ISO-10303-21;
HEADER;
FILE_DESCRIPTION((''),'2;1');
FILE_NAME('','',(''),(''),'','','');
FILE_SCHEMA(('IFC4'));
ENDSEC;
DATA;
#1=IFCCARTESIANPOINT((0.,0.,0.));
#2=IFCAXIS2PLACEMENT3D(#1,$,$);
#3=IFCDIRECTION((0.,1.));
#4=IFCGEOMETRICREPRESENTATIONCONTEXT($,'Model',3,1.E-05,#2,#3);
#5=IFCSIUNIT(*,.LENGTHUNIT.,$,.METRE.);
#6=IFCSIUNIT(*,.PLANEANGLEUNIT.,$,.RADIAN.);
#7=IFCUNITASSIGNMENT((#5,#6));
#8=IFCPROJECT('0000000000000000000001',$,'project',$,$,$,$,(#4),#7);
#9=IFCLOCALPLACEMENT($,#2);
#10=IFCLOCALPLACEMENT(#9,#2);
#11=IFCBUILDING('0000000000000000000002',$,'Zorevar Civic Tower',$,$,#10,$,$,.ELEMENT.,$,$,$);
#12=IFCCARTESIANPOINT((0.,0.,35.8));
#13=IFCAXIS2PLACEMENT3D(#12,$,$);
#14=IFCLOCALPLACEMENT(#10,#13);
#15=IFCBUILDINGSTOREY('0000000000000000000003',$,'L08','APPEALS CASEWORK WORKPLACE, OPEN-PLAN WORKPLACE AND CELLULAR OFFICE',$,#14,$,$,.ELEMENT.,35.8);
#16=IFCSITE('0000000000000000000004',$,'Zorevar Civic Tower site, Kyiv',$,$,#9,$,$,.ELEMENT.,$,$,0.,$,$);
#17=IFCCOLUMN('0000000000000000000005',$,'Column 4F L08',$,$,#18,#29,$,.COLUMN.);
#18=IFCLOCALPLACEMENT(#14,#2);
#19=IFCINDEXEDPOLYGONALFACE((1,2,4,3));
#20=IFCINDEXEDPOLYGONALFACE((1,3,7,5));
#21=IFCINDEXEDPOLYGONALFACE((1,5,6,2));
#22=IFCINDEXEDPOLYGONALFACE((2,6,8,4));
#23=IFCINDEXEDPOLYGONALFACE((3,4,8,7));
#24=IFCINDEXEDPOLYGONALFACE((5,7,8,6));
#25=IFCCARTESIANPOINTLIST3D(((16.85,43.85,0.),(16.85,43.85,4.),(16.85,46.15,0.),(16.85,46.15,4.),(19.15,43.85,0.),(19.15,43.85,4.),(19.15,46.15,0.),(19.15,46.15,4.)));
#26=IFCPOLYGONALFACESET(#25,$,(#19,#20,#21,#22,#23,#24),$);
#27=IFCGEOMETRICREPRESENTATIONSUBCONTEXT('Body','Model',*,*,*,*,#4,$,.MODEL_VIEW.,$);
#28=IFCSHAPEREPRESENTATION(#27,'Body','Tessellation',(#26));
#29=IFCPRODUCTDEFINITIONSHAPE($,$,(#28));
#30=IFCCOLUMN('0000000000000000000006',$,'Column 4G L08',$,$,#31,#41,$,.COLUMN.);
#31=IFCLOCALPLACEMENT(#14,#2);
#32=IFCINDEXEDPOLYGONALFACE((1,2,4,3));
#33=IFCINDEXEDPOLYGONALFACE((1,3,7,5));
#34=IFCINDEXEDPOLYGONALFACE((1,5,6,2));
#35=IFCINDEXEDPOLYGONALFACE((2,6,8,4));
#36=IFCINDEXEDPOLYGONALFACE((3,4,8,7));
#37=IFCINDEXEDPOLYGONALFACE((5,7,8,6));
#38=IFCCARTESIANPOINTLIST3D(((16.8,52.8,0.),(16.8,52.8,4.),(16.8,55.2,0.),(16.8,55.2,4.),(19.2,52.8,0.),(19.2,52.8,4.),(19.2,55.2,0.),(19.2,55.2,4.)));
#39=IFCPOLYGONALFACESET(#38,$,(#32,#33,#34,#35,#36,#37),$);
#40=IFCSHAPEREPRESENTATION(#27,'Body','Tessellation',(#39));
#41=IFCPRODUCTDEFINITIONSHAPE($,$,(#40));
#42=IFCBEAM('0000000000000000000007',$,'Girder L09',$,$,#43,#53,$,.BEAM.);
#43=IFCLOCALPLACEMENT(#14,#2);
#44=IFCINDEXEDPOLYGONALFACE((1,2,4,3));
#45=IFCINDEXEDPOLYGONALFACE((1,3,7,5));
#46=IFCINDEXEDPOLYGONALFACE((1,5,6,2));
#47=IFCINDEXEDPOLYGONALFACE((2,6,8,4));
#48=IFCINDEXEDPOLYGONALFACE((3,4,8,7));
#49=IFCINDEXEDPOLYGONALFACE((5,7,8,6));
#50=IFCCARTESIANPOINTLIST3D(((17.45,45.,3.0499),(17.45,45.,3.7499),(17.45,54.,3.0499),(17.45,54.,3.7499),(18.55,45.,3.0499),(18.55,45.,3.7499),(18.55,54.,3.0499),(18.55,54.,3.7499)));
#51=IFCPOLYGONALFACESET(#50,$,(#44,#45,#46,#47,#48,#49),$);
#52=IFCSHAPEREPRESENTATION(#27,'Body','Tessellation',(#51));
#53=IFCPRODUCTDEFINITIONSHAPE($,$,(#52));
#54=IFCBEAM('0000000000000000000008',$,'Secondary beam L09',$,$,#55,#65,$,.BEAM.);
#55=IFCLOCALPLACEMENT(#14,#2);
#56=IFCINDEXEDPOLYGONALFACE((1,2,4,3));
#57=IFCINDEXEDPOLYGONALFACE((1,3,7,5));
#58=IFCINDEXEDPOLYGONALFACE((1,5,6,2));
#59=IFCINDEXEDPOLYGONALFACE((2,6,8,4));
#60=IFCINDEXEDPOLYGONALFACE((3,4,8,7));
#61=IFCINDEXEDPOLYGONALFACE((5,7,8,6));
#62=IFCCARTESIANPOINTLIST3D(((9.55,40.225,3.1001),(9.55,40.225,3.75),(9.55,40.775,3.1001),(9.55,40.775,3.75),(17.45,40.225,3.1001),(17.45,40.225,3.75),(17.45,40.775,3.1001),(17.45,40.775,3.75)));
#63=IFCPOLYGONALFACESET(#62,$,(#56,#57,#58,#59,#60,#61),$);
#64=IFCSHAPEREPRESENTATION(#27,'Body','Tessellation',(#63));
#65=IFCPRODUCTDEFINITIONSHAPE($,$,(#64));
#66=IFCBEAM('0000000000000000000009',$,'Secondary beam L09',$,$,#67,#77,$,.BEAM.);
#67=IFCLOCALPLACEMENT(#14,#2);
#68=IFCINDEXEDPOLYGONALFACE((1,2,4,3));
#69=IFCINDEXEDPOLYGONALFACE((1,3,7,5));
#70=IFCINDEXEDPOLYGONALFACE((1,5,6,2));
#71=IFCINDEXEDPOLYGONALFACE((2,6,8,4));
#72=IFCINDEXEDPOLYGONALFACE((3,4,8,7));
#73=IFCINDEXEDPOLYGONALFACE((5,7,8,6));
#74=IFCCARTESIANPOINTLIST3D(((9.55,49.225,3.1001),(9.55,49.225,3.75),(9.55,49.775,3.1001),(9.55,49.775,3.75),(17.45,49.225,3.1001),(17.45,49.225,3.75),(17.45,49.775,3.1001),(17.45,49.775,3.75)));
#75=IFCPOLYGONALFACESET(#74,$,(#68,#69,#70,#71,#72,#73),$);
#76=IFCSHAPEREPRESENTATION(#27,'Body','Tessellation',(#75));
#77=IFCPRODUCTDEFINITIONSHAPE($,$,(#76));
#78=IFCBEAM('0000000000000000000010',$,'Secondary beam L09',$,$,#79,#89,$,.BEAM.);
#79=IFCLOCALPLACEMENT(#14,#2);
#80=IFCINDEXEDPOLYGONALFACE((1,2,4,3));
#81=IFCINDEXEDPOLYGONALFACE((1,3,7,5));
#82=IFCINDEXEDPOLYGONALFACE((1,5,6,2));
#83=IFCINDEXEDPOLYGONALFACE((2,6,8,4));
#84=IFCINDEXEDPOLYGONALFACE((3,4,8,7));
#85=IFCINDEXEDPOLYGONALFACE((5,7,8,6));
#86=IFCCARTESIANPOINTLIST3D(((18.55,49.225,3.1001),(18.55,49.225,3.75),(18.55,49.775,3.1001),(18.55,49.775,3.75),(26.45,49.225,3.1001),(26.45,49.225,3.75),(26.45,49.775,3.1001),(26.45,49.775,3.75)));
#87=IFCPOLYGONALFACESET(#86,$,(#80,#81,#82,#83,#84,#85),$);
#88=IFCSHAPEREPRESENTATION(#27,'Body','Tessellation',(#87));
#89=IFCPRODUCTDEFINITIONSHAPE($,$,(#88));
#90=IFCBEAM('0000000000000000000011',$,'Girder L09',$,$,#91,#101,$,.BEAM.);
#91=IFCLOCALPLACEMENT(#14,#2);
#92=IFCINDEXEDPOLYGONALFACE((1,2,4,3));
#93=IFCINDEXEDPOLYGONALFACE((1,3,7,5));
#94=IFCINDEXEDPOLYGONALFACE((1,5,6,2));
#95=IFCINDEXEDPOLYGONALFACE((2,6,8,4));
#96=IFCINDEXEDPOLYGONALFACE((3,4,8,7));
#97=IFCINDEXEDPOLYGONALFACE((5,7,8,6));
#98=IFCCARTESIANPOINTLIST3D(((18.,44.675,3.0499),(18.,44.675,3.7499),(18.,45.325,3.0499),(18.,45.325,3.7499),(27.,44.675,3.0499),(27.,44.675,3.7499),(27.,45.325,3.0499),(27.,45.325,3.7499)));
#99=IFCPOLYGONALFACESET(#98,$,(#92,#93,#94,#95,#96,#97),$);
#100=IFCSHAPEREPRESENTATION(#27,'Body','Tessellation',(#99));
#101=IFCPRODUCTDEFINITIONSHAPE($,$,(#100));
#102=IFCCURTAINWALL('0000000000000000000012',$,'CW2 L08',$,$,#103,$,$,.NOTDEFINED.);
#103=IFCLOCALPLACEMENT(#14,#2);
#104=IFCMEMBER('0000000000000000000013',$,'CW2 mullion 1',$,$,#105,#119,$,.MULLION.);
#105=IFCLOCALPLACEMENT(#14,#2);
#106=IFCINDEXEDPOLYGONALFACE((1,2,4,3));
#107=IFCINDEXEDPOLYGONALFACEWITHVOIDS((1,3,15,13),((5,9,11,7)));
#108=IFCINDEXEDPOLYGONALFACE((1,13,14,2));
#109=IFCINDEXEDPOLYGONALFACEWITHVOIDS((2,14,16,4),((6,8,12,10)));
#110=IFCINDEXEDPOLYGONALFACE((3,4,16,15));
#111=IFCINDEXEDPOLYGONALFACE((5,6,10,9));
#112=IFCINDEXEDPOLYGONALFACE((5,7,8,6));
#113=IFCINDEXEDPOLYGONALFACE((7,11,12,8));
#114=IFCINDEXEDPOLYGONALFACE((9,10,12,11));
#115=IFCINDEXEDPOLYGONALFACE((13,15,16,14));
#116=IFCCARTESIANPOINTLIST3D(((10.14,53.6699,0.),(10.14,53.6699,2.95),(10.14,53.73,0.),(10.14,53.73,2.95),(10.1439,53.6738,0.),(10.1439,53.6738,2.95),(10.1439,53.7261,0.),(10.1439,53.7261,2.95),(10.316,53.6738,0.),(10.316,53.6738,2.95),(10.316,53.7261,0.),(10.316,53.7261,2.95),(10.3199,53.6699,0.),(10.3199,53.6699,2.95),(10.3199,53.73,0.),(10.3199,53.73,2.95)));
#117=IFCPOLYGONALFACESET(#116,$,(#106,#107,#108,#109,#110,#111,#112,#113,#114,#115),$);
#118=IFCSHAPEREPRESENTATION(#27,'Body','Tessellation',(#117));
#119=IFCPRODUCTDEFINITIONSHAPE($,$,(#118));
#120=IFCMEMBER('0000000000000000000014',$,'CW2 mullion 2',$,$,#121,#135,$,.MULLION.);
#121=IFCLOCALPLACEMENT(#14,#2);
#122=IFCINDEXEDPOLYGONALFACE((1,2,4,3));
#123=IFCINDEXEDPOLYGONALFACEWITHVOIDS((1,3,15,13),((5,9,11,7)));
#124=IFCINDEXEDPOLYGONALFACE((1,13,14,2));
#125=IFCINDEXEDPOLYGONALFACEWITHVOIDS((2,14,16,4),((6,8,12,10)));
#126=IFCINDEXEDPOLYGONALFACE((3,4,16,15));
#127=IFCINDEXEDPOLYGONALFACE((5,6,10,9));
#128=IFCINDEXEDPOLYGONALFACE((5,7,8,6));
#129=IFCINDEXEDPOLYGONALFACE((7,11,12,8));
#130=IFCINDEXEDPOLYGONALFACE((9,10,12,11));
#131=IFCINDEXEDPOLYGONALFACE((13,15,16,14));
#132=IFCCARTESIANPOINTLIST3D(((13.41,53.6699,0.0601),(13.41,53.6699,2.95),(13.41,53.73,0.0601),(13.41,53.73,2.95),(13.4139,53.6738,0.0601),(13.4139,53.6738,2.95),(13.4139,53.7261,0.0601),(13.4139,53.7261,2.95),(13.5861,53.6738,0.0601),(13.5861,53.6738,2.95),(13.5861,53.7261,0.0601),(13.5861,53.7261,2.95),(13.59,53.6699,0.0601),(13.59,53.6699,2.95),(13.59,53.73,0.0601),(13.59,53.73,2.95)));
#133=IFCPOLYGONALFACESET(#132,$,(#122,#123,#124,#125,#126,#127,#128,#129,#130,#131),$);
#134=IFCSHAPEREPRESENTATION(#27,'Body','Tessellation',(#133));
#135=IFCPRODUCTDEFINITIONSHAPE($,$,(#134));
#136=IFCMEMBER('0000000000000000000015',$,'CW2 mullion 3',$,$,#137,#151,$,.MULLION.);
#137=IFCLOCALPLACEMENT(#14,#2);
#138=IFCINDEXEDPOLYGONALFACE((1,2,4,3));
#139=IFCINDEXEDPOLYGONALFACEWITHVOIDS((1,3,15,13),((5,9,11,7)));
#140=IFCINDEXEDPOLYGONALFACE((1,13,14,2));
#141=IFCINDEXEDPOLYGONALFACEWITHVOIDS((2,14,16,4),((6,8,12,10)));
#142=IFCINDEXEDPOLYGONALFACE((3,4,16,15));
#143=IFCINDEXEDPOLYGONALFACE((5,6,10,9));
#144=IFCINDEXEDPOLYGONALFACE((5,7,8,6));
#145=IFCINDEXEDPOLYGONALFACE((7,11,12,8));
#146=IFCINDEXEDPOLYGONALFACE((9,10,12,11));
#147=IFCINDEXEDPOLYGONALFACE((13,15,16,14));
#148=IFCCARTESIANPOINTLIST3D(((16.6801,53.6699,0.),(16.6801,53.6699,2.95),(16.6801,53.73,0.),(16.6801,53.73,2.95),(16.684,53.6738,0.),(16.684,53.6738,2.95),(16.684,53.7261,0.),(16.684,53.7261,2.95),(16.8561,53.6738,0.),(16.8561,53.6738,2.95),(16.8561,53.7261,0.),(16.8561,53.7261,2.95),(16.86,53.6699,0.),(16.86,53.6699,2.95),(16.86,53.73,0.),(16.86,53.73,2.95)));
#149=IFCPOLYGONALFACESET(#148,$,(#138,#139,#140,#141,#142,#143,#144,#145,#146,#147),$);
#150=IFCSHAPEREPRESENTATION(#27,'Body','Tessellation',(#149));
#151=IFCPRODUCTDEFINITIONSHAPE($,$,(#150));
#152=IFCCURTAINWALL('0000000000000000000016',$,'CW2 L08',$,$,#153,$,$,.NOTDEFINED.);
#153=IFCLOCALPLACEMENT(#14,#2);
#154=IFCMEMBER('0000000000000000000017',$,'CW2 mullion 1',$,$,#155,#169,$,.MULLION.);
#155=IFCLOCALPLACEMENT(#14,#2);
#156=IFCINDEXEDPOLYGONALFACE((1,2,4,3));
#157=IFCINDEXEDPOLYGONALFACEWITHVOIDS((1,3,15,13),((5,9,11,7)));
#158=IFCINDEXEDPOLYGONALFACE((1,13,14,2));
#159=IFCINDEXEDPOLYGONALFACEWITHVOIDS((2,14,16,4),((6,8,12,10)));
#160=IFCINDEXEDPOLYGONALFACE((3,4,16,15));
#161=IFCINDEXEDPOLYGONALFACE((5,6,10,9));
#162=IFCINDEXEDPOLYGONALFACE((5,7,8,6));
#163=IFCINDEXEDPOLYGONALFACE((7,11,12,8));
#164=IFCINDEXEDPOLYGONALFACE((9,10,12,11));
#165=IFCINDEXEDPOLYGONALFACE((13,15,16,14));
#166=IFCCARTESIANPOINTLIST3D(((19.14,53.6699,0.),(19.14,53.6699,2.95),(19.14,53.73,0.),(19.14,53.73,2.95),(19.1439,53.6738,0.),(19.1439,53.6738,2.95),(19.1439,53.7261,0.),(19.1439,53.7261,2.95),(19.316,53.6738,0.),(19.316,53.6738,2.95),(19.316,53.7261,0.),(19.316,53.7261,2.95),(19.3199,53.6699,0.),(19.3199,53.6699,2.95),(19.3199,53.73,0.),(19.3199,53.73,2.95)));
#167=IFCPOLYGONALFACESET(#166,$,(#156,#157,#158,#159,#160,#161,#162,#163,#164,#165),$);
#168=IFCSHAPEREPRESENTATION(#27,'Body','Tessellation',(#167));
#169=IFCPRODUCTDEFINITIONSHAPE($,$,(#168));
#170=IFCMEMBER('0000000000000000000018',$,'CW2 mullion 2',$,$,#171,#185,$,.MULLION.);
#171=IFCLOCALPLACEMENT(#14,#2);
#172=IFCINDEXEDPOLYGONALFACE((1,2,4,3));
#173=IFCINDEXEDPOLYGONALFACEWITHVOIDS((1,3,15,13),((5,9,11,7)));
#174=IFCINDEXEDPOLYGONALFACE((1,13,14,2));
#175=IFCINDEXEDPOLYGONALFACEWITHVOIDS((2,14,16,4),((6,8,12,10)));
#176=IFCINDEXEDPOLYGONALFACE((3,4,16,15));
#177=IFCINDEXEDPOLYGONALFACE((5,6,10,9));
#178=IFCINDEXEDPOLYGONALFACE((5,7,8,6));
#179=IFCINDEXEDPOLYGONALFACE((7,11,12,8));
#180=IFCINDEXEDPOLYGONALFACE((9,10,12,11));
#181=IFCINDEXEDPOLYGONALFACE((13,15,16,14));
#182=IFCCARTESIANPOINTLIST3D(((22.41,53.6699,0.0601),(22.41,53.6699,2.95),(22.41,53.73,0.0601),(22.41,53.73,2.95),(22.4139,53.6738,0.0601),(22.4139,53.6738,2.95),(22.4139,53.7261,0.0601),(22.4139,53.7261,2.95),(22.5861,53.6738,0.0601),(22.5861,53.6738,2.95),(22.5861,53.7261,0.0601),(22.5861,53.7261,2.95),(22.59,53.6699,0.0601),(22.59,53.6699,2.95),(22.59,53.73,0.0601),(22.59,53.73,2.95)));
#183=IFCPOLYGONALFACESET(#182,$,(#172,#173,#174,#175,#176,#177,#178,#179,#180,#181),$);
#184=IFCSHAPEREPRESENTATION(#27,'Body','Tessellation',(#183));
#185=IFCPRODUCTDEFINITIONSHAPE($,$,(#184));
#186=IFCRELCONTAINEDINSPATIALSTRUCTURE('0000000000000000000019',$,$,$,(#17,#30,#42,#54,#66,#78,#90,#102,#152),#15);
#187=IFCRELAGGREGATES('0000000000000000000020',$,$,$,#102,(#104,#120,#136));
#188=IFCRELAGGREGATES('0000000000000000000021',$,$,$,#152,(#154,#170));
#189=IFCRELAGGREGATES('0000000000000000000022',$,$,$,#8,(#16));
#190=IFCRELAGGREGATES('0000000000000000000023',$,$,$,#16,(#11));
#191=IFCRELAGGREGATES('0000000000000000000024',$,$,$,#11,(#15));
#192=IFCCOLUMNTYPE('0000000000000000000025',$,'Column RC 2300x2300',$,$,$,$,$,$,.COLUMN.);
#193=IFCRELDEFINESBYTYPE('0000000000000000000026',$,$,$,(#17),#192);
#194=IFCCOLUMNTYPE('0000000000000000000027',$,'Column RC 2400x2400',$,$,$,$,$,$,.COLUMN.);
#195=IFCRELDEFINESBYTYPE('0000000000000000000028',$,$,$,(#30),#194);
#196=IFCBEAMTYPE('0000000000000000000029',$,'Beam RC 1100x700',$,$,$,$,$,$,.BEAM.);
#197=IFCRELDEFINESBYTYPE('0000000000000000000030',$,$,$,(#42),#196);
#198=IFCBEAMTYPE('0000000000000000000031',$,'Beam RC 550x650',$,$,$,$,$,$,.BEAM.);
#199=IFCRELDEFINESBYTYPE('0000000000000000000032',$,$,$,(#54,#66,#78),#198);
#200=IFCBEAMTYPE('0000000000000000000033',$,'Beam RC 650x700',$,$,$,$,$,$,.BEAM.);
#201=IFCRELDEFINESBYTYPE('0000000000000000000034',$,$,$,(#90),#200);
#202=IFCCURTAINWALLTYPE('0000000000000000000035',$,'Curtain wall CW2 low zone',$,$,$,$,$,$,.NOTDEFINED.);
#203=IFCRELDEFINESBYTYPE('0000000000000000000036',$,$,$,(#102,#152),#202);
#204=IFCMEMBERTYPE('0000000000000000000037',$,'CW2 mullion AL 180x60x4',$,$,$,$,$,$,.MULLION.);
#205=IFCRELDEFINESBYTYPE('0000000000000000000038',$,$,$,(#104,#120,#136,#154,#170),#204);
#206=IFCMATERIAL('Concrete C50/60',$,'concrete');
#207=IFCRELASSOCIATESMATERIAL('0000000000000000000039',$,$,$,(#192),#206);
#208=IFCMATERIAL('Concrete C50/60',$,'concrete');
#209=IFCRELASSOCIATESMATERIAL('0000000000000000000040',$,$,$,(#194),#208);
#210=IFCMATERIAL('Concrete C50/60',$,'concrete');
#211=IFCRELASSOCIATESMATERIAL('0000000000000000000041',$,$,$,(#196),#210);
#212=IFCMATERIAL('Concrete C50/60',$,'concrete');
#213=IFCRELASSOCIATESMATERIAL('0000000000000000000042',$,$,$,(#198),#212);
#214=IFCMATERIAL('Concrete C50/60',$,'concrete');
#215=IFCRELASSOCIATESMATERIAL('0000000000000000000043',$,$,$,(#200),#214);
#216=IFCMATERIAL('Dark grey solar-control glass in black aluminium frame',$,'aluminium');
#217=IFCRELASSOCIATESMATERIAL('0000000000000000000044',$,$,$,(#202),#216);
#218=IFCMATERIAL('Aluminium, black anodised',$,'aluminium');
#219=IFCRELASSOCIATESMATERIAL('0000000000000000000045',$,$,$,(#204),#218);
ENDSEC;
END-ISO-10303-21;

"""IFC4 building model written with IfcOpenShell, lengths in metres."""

from ifc_helpers import new_model, si_unit, direction, frame, origin, origin_2d, place, context, subcontext, project, spatial, rectangle, hollow_rectangle, extrude, material, material_profile, profile_set, type_object, element, aggregate, save


model = new_model("IFC4")

# Units and contexts
model_context = context("Model", 3, precision=1e-05, world=origin(), true_north=direction((0.0, 1.0)))
body_context = subcontext(model_context, "Body", "Model", "MODEL_VIEW")
ifc_project = project(units=[si_unit("LENGTHUNIT", "METRE"), si_unit("PLANEANGLEUNIT", "RADIAN")], contexts=[model_context])

# Site, building, storey
site_placement = place(None, origin())
site = spatial("IfcSite", under=ifc_project, at=site_placement, Name="Zorevar Civic Tower site, Kyiv", CompositionType="ELEMENT", RefElevation=0.0)
building_placement = place(site_placement, origin())
building = spatial("IfcBuilding", under=site, at=building_placement, Name="Zorevar Civic Tower", CompositionType="ELEMENT")
storey_placement = place(building_placement, frame((0.0, 0.0, 35.8)))
storey = spatial("IfcBuildingStorey", under=building, at=storey_placement, Name="L08", Description="APPEALS CASEWORK WORKPLACE, OPEN-PLAN WORKPLACE AND CELLULAR OFFICE", CompositionType="ELEMENT", Elevation=35.8)

# Columns
ifc_material_1 = material(Name="Concrete C50/60", Category="concrete")
ifc_material_profile_1 = material_profile(ifc_material_1, rectangle(XDim=2.3, YDim=2.3, at=origin_2d()), Name="RC 2300x2300")
ifc_profile_set_1 = profile_set([ifc_material_profile_1], Name="Concrete C50/60")
column_type_1 = type_object("IfcColumnType", Name="Column RC 2300x2300", PredefinedType="COLUMN", material=ifc_profile_set_1)
column_1_placement = place(storey_placement, frame((18.0, 45.0, 0.0), z_axis=(0.0, 0.0, 1.0), x_axis=(1.0, 0.0, 0.0)))
element("IfcColumn", 1, at=column_1_placement, inside=storey, type_object=column_type_1, Name="Column 4F L08", PredefinedType="COLUMN", context=body_context, shape_type="SweptSolid", body=[
    extrude(rectangle(XDim=2.3, YDim=2.3, at=origin_2d()), origin(), (0.0, 0.0, 1.0), 4.0),
])
ifc_material_2 = material(Name="Concrete C50/60", Category="concrete")
ifc_material_profile_2 = material_profile(ifc_material_2, rectangle(XDim=2.3999, YDim=2.3999, at=origin_2d()), Name="RC 2400x2400")
ifc_profile_set_2 = profile_set([ifc_material_profile_2], Name="Concrete C50/60")
column_type_2 = type_object("IfcColumnType", Name="Column RC 2400x2400", PredefinedType="COLUMN", material=ifc_profile_set_2)
column_2_placement = place(storey_placement, frame((18.0, 54.0, 0.0), z_axis=(0.0, 0.0, 1.0), x_axis=(1.0, 0.0, 0.0)))
element("IfcColumn", 2, at=column_2_placement, inside=storey, type_object=column_type_2, Name="Column 4G L08", PredefinedType="COLUMN", context=body_context, shape_type="SweptSolid", body=[
    extrude(rectangle(XDim=2.3999, YDim=2.3999, at=origin_2d()), origin(), (0.0, 0.0, 1.0), 4.0),
])

# Beams
ifc_material_3 = material(Name="Concrete C50/60", Category="concrete")
ifc_material_profile_3 = material_profile(ifc_material_3, rectangle(XDim=1.1001, YDim=0.7, at=origin_2d()), Name="RC 1100x700")
ifc_profile_set_3 = profile_set([ifc_material_profile_3], Name="Concrete C50/60")
beam_type_1 = type_object("IfcBeamType", Name="Beam RC 1100x700", PredefinedType="BEAM", material=ifc_profile_set_3)
beam_1_placement = place(storey_placement, frame((18.0, 45.0, 3.3999), z_axis=(0.0, 1.0, 0.0), x_axis=(-1.0, 0.0, 0.0)))
element("IfcBeam", 3, at=beam_1_placement, inside=storey, type_object=beam_type_1, Name="Girder L09", PredefinedType="BEAM", context=body_context, shape_type="SweptSolid", body=[
    extrude(rectangle(XDim=1.1001, YDim=0.7, at=origin_2d()), origin(), (0.0, 0.0, 1.0), 9.0),
])
ifc_material_4 = material(Name="Concrete C50/60", Category="concrete")
ifc_material_profile_4 = material_profile(ifc_material_4, rectangle(XDim=0.55, YDim=0.6499, at=origin_2d()), Name="RC 550x650")
ifc_profile_set_4 = profile_set([ifc_material_profile_4], Name="Concrete C50/60")
beam_type_2 = type_object("IfcBeamType", Name="Beam RC 550x650", PredefinedType="BEAM", material=ifc_profile_set_4)
for number, where, z_axis, x_axis, name in (
    (4, (9.55, 40.5, 3.425), (1.0, 0.0, 0.0), (0.0, 1.0, 0.0), "Secondary beam L09"),
    (5, (9.55, 49.5, 3.425), (1.0, 0.0, 0.0), (0.0, 1.0, 0.0), "Secondary beam L09"),
    (6, (18.55, 49.5, 3.425), (1.0, 0.0, 0.0), (0.0, 1.0, 0.0), "Secondary beam L09"),
):
    element("IfcBeam", number, at=place(storey_placement, frame(where, z_axis=z_axis, x_axis=x_axis)), inside=storey, type_object=beam_type_2, Name=name, PredefinedType="BEAM", context=body_context, shape_type="SweptSolid", body=[
        extrude(rectangle(XDim=0.55, YDim=0.6499, at=origin_2d()), origin(), (0.0, 0.0, 1.0), 7.8999),
    ])
ifc_material_5 = material(Name="Concrete C50/60", Category="concrete")
ifc_material_profile_5 = material_profile(ifc_material_5, rectangle(XDim=0.6499, YDim=0.7, at=origin_2d()), Name="RC 650x700")
ifc_profile_set_5 = profile_set([ifc_material_profile_5], Name="Concrete C50/60")
beam_type_3 = type_object("IfcBeamType", Name="Beam RC 650x700", PredefinedType="BEAM", material=ifc_profile_set_5)
beam_2_placement = place(storey_placement, frame((18.0, 45.0, 3.3999), z_axis=(1.0, 0.0, 0.0), x_axis=(0.0, 1.0, 0.0)))
element("IfcBeam", 7, at=beam_2_placement, inside=storey, type_object=beam_type_3, Name="Girder L09", PredefinedType="BEAM", context=body_context, shape_type="SweptSolid", body=[
    extrude(rectangle(XDim=0.6499, YDim=0.7, at=origin_2d()), origin(), (0.0, 0.0, 1.0), 9.0),
])

# Curtain walls, members
ifc_material_6 = material(Name="Dark grey solar-control glass in black aluminium frame", Category="aluminium")
curtain_wall_type = type_object("IfcCurtainWallType", Name="Curtain wall CW2 low zone", PredefinedType="NOTDEFINED", material=ifc_material_6)
curtain_wall_1_placement = place(storey_placement, origin())
curtain_wall_1 = element("IfcCurtainWall", 8, at=curtain_wall_1_placement, inside=storey, type_object=curtain_wall_type, Name="CW2 L08", PredefinedType="NOTDEFINED")
ifc_material_7 = material(Name="Aluminium, black anodised", Category="aluminium")
ifc_material_profile_6 = material_profile(ifc_material_7, hollow_rectangle(XDim=0.0601, YDim=0.1799, WallThickness=0.0039, at=origin_2d()), Name="AL 180x60x4")
ifc_profile_set_6 = profile_set([ifc_material_profile_6], Name="Aluminium, black anodised")
member_type_1 = type_object("IfcMemberType", Name="CW2 mullion AL 180x60x4", PredefinedType="MULLION", material=ifc_profile_set_6)
member_1_placement = place(storey_placement, frame((10.23, 53.7, 0.0), z_axis=(0.0, 0.0, 1.0), x_axis=(0.0, 1.0, 0.0)))
member_1 = element("IfcMember", 9, at=member_1_placement, type_object=member_type_1, Name="CW2 mullion 1", PredefinedType="MULLION", context=body_context, shape_type="SweptSolid", body=[
    extrude(hollow_rectangle(XDim=0.0601, YDim=0.1799, WallThickness=0.0039, at=origin_2d()), origin(), (0.0, 0.0, 1.0), 2.95),
])
member_2_placement = place(storey_placement, frame((13.5, 53.7, 0.0601), z_axis=(0.0, 0.0, 1.0), x_axis=(0.0, 1.0, 0.0)))
member_2 = element("IfcMember", 10, at=member_2_placement, type_object=member_type_1, Name="CW2 mullion 2", PredefinedType="MULLION", context=body_context, shape_type="SweptSolid", body=[
    extrude(hollow_rectangle(XDim=0.0601, YDim=0.1799, WallThickness=0.0039, at=origin_2d()), origin(), (0.0, 0.0, 1.0), 2.8899),
])
member_3_placement = place(storey_placement, frame((16.77, 53.7, 0.0), z_axis=(0.0, 0.0, 1.0), x_axis=(0.0, 1.0, 0.0)))
member_3 = element("IfcMember", 11, at=member_3_placement, type_object=member_type_1, Name="CW2 mullion 3", PredefinedType="MULLION", context=body_context, shape_type="SweptSolid", body=[
    extrude(hollow_rectangle(XDim=0.0601, YDim=0.1799, WallThickness=0.0039, at=origin_2d()), origin(), (0.0, 0.0, 1.0), 2.95),
])
curtain_wall_2_placement = place(storey_placement, origin())
curtain_wall_2 = element("IfcCurtainWall", 12, at=curtain_wall_2_placement, inside=storey, type_object=curtain_wall_type, Name="CW2 L08", PredefinedType="NOTDEFINED")
member_4_placement = place(storey_placement, frame((19.23, 53.7, 0.0), z_axis=(0.0, 0.0, 1.0), x_axis=(0.0, 1.0, 0.0)))
member_4 = element("IfcMember", 13, at=member_4_placement, type_object=member_type_1, Name="CW2 mullion 1", PredefinedType="MULLION", context=body_context, shape_type="SweptSolid", body=[
    extrude(hollow_rectangle(XDim=0.0601, YDim=0.1799, WallThickness=0.0039, at=origin_2d()), origin(), (0.0, 0.0, 1.0), 2.95),
])
member_5_placement = place(storey_placement, frame((22.5, 53.7, 0.0601), z_axis=(0.0, 0.0, 1.0), x_axis=(0.0, 1.0, 0.0)))
member_5 = element("IfcMember", 14, at=member_5_placement, type_object=member_type_1, Name="CW2 mullion 2", PredefinedType="MULLION", context=body_context, shape_type="SweptSolid", body=[
    extrude(hollow_rectangle(XDim=0.0601, YDim=0.1799, WallThickness=0.0039, at=origin_2d()), origin(), (0.0, 0.0, 1.0), 2.8899),
])

aggregate(curtain_wall_1, [member_1, member_2, member_3])
aggregate(curtain_wall_2, [member_4, member_5])

save(model, "model.ifc")
